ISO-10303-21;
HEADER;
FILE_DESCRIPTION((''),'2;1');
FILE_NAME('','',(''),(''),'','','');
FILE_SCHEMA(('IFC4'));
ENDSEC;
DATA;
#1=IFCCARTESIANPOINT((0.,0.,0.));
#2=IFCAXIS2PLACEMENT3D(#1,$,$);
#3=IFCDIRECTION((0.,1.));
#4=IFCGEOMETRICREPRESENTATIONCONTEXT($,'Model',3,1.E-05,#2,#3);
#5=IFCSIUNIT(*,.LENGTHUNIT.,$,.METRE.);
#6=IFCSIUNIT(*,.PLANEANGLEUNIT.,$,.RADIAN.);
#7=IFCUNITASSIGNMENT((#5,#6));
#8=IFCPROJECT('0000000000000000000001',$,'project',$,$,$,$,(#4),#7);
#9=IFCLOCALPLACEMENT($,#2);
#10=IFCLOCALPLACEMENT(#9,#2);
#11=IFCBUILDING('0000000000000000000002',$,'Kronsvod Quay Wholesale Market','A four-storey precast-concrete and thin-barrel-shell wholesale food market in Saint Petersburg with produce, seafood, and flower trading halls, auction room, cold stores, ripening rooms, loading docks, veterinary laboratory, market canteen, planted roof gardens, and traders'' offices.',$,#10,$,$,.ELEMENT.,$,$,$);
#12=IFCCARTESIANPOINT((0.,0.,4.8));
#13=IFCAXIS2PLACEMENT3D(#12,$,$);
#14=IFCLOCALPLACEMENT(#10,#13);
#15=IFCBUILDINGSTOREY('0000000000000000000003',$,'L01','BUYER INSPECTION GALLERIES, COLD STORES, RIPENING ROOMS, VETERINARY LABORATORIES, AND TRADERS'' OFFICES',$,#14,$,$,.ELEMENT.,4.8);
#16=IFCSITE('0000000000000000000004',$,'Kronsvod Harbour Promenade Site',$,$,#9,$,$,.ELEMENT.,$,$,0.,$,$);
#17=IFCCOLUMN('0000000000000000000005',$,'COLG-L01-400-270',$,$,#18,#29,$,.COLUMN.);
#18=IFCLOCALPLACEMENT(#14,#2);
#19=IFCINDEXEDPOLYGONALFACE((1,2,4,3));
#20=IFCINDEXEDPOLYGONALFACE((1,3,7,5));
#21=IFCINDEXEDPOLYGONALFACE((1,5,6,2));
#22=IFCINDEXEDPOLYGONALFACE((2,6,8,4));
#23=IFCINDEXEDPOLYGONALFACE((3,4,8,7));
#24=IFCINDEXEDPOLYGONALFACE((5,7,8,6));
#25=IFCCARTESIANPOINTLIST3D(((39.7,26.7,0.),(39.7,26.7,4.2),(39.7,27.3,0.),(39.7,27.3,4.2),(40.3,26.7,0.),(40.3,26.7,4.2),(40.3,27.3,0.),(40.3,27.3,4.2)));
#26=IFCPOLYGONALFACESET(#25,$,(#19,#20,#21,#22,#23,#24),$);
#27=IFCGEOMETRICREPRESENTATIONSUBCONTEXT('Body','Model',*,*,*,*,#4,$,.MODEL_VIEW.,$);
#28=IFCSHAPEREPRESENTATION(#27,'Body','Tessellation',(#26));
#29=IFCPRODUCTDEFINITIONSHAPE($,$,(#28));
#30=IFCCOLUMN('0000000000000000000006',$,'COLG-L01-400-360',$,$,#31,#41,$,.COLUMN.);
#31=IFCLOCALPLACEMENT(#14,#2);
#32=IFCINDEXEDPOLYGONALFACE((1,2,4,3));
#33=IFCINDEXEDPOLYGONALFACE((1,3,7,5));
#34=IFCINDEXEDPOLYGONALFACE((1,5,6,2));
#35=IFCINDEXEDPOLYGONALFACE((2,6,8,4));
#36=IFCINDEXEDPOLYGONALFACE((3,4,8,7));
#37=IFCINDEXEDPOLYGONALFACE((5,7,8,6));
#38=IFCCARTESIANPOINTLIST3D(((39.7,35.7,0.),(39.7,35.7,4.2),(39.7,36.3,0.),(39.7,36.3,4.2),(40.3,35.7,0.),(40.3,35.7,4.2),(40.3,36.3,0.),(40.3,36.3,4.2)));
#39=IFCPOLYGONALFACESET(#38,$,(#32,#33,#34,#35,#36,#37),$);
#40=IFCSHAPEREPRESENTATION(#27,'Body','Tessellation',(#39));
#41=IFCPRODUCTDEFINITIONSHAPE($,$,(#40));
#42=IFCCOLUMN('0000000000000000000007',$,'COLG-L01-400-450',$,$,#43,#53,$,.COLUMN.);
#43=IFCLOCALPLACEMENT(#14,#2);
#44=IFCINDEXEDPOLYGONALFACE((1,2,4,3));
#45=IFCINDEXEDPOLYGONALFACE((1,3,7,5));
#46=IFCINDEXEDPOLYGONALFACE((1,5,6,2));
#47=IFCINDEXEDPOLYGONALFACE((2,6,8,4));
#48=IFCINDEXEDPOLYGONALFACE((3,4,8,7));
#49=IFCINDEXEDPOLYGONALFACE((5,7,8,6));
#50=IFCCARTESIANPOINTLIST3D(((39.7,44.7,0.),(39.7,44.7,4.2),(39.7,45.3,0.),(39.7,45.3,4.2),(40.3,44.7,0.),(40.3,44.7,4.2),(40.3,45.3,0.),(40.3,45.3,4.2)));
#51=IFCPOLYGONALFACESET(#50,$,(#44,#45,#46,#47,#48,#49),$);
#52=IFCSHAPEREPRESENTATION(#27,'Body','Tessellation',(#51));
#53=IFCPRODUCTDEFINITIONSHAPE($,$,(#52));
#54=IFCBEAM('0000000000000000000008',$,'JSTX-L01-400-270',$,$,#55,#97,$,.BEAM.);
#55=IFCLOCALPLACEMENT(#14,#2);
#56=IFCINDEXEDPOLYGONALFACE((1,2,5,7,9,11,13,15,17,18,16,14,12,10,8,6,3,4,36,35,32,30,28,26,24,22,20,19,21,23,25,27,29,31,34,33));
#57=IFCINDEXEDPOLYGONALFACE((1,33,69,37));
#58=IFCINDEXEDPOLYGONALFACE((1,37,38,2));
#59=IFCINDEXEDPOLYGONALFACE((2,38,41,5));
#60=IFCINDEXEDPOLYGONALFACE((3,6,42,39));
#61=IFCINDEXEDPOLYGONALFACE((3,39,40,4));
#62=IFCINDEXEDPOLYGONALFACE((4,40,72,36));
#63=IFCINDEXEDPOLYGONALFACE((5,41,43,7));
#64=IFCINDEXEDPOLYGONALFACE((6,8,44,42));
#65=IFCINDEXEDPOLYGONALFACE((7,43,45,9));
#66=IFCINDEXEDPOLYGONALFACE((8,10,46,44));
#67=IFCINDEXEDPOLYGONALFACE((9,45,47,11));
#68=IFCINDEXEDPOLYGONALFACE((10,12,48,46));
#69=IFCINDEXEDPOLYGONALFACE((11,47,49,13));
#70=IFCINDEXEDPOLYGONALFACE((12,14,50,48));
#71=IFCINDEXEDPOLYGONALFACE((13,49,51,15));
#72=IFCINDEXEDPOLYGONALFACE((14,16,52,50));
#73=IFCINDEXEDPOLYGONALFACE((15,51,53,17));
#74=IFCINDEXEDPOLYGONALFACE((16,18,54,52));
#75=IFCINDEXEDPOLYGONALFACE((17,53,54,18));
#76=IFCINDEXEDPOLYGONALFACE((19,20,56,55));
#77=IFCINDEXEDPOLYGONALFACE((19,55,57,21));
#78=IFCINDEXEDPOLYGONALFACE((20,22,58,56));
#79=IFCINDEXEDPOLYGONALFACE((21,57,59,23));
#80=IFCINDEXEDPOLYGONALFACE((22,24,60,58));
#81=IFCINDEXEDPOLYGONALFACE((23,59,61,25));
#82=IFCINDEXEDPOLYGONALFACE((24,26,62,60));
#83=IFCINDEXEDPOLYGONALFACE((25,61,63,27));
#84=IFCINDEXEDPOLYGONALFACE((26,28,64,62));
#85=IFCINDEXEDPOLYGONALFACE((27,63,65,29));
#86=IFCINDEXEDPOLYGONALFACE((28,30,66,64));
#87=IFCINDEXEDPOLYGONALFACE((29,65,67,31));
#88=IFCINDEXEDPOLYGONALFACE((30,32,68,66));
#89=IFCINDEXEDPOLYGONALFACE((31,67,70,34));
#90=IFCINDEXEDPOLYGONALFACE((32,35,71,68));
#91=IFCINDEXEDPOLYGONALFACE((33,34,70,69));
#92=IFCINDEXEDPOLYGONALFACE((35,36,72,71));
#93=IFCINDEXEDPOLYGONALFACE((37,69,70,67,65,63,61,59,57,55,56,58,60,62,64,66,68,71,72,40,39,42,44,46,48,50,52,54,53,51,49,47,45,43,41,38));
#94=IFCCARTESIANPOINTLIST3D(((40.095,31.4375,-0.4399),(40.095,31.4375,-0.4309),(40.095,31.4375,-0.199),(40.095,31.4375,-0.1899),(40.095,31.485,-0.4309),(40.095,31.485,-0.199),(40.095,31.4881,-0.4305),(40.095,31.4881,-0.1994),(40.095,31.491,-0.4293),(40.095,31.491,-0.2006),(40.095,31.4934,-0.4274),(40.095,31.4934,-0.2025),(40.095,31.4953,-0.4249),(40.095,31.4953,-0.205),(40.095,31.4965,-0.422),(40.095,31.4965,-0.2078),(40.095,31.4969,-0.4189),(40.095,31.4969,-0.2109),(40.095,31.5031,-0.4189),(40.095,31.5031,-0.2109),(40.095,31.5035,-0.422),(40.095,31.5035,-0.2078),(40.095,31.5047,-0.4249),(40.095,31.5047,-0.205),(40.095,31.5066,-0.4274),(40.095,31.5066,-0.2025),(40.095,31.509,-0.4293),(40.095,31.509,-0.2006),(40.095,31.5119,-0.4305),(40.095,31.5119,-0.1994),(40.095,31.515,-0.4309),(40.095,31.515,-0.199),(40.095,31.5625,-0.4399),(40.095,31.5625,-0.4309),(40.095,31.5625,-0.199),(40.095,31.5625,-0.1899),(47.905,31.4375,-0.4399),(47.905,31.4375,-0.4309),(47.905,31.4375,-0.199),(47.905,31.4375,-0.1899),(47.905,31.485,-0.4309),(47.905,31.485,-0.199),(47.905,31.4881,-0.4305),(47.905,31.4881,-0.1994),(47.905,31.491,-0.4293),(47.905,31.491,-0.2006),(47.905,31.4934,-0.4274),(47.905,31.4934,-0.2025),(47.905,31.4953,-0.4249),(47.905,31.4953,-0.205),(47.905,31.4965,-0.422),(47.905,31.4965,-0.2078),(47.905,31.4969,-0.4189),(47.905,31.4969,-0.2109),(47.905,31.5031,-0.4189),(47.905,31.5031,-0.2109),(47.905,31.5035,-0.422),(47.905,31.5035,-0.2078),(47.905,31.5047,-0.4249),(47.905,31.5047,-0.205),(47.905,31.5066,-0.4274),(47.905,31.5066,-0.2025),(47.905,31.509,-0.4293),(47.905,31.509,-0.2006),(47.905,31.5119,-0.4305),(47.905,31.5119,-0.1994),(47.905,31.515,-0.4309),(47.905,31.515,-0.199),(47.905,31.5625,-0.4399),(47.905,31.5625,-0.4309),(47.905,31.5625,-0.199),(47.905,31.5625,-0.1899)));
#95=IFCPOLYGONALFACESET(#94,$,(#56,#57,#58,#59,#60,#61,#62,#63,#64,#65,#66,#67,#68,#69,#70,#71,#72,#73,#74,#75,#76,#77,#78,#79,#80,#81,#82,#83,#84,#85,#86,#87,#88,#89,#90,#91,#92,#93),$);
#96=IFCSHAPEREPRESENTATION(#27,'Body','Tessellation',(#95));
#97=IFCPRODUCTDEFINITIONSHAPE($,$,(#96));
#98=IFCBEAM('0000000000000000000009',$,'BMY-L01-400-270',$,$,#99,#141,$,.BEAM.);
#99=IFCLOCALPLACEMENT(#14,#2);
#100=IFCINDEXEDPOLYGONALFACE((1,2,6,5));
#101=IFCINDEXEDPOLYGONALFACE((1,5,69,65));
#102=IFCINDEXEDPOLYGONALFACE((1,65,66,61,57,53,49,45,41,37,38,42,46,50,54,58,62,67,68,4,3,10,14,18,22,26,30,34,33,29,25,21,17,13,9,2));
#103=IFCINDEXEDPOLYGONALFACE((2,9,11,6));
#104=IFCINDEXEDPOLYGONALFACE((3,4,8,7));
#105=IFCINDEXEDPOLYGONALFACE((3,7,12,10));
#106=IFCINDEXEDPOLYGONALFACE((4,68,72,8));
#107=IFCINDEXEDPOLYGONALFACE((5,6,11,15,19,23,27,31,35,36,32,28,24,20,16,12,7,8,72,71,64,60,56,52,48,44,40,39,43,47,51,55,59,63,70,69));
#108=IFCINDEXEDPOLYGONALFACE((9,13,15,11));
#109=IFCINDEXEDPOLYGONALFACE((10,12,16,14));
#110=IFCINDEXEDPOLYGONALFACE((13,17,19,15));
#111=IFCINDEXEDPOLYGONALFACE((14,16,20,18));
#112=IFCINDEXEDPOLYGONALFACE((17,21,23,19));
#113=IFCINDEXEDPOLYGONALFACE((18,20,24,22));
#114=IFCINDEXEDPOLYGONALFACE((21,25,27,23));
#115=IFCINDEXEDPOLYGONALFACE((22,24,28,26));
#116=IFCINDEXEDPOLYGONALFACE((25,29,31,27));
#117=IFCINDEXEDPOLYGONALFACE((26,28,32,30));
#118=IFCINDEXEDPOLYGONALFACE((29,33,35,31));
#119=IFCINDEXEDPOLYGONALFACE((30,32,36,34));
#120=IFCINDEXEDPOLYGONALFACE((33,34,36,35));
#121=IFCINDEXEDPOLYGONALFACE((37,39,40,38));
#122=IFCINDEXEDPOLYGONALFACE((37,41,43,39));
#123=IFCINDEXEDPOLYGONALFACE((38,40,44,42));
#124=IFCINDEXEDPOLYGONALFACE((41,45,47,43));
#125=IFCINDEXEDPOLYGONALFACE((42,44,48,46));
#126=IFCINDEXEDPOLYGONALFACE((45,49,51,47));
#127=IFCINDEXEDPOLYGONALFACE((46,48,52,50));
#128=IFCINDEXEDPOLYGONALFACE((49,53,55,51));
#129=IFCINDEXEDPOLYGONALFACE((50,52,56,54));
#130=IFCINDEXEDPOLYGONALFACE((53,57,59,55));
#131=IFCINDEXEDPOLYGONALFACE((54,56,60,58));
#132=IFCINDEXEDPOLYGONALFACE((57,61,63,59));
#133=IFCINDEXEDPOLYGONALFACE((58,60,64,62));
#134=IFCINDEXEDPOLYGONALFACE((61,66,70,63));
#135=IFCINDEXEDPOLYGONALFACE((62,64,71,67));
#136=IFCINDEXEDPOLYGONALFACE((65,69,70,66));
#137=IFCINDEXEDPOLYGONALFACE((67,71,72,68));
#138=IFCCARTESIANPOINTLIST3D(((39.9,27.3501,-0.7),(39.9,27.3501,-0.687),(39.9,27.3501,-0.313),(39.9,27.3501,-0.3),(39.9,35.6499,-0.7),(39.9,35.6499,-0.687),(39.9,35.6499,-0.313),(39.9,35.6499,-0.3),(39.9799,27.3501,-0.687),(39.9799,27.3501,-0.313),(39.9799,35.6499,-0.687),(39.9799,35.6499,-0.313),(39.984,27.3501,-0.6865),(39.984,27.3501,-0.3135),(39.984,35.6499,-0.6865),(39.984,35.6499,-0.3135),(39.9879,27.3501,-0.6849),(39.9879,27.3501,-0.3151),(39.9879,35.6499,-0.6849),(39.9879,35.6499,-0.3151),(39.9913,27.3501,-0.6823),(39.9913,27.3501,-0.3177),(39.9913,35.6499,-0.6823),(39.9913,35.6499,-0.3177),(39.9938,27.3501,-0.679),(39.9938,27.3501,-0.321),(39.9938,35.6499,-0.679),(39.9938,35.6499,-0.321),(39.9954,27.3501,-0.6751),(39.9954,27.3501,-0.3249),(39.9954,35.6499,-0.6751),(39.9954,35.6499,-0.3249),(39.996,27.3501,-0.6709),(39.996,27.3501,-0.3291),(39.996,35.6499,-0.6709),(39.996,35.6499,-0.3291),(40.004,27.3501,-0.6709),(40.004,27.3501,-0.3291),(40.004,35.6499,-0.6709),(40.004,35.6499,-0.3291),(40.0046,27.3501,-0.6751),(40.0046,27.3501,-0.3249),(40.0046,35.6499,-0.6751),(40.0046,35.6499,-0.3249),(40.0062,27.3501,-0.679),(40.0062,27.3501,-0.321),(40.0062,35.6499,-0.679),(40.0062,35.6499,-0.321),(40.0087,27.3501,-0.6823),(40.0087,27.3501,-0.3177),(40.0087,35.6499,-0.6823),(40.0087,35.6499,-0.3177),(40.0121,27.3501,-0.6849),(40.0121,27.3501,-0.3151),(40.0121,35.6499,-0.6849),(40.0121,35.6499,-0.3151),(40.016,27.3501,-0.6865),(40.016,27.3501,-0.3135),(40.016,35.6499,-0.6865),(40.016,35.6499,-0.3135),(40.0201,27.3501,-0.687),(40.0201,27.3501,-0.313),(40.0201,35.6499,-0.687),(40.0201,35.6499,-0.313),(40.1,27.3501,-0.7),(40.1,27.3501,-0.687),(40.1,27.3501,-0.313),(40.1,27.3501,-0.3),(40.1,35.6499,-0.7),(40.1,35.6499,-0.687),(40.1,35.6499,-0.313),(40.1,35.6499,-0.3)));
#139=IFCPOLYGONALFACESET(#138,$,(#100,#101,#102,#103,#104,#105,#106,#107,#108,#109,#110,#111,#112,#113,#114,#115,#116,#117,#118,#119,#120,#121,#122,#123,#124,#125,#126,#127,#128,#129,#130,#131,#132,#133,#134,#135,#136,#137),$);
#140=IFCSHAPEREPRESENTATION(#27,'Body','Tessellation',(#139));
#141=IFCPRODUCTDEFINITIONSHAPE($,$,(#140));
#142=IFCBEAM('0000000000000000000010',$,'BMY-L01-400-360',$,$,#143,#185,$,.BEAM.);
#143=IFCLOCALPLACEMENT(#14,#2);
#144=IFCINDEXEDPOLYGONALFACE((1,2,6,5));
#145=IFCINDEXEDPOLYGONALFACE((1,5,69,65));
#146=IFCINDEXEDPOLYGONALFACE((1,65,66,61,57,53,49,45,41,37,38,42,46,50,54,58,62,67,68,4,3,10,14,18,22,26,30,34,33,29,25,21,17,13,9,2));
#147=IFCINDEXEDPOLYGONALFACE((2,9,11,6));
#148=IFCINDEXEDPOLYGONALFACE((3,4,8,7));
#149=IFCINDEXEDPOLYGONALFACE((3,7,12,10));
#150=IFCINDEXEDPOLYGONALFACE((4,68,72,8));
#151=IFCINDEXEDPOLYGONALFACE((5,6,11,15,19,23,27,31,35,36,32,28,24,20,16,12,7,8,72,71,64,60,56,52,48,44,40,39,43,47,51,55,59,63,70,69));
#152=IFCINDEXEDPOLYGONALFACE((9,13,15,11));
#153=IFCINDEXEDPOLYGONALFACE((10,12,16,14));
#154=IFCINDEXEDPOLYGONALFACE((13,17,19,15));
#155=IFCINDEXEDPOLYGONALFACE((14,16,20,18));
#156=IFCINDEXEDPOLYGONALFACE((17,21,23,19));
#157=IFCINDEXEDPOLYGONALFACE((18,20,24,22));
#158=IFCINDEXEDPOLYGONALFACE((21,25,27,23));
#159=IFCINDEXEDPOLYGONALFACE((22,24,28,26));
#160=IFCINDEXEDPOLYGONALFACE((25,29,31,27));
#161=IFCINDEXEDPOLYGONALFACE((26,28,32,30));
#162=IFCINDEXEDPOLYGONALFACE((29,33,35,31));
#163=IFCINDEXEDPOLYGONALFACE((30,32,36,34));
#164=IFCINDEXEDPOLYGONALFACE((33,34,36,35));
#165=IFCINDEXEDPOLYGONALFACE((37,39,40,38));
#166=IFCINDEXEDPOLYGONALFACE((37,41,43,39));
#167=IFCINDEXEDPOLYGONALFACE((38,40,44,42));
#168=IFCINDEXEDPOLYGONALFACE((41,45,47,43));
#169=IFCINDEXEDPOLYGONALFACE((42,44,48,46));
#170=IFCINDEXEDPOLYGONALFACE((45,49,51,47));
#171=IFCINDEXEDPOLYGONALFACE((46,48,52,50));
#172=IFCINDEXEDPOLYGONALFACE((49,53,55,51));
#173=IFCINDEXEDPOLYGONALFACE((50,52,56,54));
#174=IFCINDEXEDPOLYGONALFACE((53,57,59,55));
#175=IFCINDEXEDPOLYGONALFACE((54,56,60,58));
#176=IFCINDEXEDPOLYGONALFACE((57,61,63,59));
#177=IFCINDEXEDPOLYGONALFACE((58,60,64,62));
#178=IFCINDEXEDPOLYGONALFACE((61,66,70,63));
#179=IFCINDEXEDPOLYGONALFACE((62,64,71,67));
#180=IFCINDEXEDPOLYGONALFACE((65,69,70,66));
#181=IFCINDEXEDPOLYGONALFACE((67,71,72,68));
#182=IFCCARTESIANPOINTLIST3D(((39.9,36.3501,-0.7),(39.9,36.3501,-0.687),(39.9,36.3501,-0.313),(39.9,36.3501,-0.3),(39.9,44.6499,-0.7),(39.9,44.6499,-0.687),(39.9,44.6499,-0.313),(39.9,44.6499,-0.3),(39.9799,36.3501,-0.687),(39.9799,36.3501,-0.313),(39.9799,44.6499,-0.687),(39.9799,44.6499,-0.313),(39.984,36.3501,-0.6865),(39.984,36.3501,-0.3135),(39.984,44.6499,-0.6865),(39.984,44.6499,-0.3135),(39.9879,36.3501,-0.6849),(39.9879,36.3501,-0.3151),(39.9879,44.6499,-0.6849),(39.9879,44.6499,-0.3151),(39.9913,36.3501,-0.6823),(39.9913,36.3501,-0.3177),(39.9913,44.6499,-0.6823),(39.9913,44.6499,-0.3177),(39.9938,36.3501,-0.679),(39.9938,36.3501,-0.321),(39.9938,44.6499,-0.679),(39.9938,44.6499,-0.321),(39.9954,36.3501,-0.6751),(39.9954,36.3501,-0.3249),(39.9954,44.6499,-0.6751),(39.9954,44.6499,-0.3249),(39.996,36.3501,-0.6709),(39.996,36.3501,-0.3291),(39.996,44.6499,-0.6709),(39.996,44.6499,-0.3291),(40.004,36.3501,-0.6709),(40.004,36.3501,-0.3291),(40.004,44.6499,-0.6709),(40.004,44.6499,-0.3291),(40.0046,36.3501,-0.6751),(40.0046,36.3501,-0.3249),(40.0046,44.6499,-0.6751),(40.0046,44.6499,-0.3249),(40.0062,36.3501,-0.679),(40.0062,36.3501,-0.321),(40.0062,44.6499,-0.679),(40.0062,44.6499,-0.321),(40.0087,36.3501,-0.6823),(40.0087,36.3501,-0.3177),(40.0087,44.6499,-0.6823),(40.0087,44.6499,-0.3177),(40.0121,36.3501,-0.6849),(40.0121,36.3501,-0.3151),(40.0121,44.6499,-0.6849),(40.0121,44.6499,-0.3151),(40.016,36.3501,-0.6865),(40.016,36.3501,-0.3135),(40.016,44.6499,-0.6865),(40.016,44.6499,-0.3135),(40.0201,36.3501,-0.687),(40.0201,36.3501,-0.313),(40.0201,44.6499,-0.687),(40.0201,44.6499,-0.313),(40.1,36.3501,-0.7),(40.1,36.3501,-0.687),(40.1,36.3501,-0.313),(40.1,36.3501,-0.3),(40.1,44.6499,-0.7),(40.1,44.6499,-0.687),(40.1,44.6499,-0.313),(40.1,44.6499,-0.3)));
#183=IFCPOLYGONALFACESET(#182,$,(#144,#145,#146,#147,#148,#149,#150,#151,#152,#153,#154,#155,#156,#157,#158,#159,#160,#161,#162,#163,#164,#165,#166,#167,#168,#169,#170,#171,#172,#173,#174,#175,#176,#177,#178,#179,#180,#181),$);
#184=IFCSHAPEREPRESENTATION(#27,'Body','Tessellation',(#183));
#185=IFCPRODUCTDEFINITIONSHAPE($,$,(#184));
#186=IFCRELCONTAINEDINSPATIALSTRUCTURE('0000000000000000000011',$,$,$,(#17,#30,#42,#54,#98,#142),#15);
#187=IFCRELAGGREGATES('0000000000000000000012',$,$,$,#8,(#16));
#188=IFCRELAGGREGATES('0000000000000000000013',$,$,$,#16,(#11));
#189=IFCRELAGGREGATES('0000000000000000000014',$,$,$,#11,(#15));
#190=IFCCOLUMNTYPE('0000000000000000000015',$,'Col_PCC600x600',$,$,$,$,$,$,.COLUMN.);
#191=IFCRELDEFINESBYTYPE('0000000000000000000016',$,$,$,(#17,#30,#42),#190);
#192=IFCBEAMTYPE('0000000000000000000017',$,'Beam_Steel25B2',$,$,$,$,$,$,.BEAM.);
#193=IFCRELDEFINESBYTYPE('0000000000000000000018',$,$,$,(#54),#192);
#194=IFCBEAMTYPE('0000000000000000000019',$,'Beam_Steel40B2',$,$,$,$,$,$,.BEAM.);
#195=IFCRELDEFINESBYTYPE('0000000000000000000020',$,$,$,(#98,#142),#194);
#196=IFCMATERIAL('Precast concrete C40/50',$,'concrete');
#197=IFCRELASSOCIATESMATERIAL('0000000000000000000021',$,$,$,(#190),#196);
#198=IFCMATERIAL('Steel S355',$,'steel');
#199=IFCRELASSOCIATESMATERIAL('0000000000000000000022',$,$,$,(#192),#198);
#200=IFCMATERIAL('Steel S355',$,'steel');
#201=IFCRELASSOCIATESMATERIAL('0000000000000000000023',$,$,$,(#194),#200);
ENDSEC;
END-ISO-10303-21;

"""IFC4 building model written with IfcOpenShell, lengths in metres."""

from ifc_helpers import new_model, si_unit, direction, frame, origin, origin_2d, place, context, subcontext, project, spatial, rectangle, i_section, extrude, material, material_profile, profile_set, type_object, element, save


model = new_model("IFC4")

# Units and contexts
model_context = context("Model", 3, precision=1e-05, world=origin(), true_north=direction((0.0, 1.0)))
body_context = subcontext(model_context, "Body", "Model", "MODEL_VIEW")
ifc_project = project(units=[si_unit("LENGTHUNIT", "METRE"), si_unit("PLANEANGLEUNIT", "RADIAN")], contexts=[model_context])

# Site, building, storey
site_placement = place(None, origin())
site = spatial("IfcSite", under=ifc_project, at=site_placement, Name="Kronsvod Harbour Promenade Site", CompositionType="ELEMENT", RefElevation=0.0)
building_placement = place(site_placement, origin())
building = spatial("IfcBuilding", under=site, at=building_placement, Name="Kronsvod Quay Wholesale Market", Description="A four-storey precast-concrete and thin-barrel-shell wholesale food market in Saint Petersburg with produce, seafood, and flower trading halls, auction room, cold stores, ripening rooms, loading docks, veterinary laboratory, market canteen, planted roof gardens, and traders' offices.", CompositionType="ELEMENT")
storey_placement = place(building_placement, frame((0.0, 0.0, 4.8)))
storey = spatial("IfcBuildingStorey", under=building, at=storey_placement, Name="L01", Description="BUYER INSPECTION GALLERIES, COLD STORES, RIPENING ROOMS, VETERINARY LABORATORIES, AND TRADERS' OFFICES", CompositionType="ELEMENT", Elevation=4.8)

# Columns
ifc_material_1 = material(Name="Precast concrete C40/50", Category="concrete")
ifc_material_profile_1 = material_profile(ifc_material_1, rectangle(XDim=0.6001, YDim=0.6001, at=origin_2d()), Name="PCC600x600")
ifc_profile_set_1 = profile_set([ifc_material_profile_1], Name="Precast concrete C40/50")
column_type = type_object("IfcColumnType", Name="Col_PCC600x600", PredefinedType="COLUMN", material=ifc_profile_set_1)
for number, where, z_axis, x_axis, name in (
    (1, (40.0, 27.0, 0.0), (0.0, 0.0, 1.0), (1.0, 0.0, 0.0), "COLG-L01-400-270"),
    (2, (40.0, 36.0, 0.0), (0.0, 0.0, 1.0), (1.0, 0.0, 0.0), "COLG-L01-400-360"),
    (3, (40.0, 45.0, 0.0), (0.0, 0.0, 1.0), (1.0, 0.0, 0.0), "COLG-L01-400-450"),
):
    element("IfcColumn", number, at=place(storey_placement, frame(where, z_axis=z_axis, x_axis=x_axis)), inside=storey, type_object=column_type, Name=name, PredefinedType="COLUMN", context=body_context, shape_type="SweptSolid", body=[
        extrude(rectangle(XDim=0.6001, YDim=0.6001, at=origin_2d()), origin(), (0.0, 0.0, 1.0), 4.2),
    ])

# Beams
ifc_material_2 = material(Name="Steel S355", Category="steel")
ifc_material_profile_2 = material_profile(ifc_material_2, i_section(OverallWidth=0.125, OverallDepth=0.25, WebThickness=0.0061, FlangeThickness=0.009, FilletRadius=0.012, at=origin_2d()), Name="25B2")
ifc_profile_set_2 = profile_set([ifc_material_profile_2], Name="Steel S355")
beam_type_1 = type_object("IfcBeamType", Name="Beam_Steel25B2", PredefinedType="BEAM", material=ifc_profile_set_2)
beam_placement = place(storey_placement, frame((40.095, 31.5, -0.3149), z_axis=(1.0, 0.0, 0.0), x_axis=(0.0, 1.0, 0.0)))
element("IfcBeam", 4, at=beam_placement, inside=storey, type_object=beam_type_1, Name="JSTX-L01-400-270", PredefinedType="BEAM", context=body_context, shape_type="SweptSolid", body=[
    extrude(i_section(OverallWidth=0.125, OverallDepth=0.25, WebThickness=0.0061, FlangeThickness=0.009, FilletRadius=0.012, at=origin_2d()), origin(), (0.0, 0.0, 1.0), 7.8101),
])
ifc_material_3 = material(Name="Steel S355", Category="steel")
ifc_material_profile_3 = material_profile(ifc_material_3, i_section(OverallWidth=0.2, OverallDepth=0.3999, WebThickness=0.0081, FlangeThickness=0.0129, FilletRadius=0.0161, at=origin_2d()), Name="40B2")
ifc_profile_set_3 = profile_set([ifc_material_profile_3], Name="Steel S355")
beam_type_2 = type_object("IfcBeamType", Name="Beam_Steel40B2", PredefinedType="BEAM", material=ifc_profile_set_3)
for number, where, z_axis, x_axis, name in (
    (5, (40.0, 27.3501, -0.5), (0.0, 1.0, 0.0), (-1.0, 0.0, 0.0), "BMY-L01-400-270"),
    (6, (40.0, 36.3501, -0.5), (0.0, 1.0, 0.0), (-1.0, 0.0, 0.0), "BMY-L01-400-360"),
):
    element("IfcBeam", number, at=place(storey_placement, frame(where, z_axis=z_axis, x_axis=x_axis)), inside=storey, type_object=beam_type_2, Name=name, PredefinedType="BEAM", context=body_context, shape_type="SweptSolid", body=[
        extrude(i_section(OverallWidth=0.2, OverallDepth=0.3999, WebThickness=0.0081, FlangeThickness=0.0129, FilletRadius=0.0161, at=origin_2d()), origin(), (0.0, 0.0, 1.0), 8.2998),
    ])

save(model, "model.ifc")
